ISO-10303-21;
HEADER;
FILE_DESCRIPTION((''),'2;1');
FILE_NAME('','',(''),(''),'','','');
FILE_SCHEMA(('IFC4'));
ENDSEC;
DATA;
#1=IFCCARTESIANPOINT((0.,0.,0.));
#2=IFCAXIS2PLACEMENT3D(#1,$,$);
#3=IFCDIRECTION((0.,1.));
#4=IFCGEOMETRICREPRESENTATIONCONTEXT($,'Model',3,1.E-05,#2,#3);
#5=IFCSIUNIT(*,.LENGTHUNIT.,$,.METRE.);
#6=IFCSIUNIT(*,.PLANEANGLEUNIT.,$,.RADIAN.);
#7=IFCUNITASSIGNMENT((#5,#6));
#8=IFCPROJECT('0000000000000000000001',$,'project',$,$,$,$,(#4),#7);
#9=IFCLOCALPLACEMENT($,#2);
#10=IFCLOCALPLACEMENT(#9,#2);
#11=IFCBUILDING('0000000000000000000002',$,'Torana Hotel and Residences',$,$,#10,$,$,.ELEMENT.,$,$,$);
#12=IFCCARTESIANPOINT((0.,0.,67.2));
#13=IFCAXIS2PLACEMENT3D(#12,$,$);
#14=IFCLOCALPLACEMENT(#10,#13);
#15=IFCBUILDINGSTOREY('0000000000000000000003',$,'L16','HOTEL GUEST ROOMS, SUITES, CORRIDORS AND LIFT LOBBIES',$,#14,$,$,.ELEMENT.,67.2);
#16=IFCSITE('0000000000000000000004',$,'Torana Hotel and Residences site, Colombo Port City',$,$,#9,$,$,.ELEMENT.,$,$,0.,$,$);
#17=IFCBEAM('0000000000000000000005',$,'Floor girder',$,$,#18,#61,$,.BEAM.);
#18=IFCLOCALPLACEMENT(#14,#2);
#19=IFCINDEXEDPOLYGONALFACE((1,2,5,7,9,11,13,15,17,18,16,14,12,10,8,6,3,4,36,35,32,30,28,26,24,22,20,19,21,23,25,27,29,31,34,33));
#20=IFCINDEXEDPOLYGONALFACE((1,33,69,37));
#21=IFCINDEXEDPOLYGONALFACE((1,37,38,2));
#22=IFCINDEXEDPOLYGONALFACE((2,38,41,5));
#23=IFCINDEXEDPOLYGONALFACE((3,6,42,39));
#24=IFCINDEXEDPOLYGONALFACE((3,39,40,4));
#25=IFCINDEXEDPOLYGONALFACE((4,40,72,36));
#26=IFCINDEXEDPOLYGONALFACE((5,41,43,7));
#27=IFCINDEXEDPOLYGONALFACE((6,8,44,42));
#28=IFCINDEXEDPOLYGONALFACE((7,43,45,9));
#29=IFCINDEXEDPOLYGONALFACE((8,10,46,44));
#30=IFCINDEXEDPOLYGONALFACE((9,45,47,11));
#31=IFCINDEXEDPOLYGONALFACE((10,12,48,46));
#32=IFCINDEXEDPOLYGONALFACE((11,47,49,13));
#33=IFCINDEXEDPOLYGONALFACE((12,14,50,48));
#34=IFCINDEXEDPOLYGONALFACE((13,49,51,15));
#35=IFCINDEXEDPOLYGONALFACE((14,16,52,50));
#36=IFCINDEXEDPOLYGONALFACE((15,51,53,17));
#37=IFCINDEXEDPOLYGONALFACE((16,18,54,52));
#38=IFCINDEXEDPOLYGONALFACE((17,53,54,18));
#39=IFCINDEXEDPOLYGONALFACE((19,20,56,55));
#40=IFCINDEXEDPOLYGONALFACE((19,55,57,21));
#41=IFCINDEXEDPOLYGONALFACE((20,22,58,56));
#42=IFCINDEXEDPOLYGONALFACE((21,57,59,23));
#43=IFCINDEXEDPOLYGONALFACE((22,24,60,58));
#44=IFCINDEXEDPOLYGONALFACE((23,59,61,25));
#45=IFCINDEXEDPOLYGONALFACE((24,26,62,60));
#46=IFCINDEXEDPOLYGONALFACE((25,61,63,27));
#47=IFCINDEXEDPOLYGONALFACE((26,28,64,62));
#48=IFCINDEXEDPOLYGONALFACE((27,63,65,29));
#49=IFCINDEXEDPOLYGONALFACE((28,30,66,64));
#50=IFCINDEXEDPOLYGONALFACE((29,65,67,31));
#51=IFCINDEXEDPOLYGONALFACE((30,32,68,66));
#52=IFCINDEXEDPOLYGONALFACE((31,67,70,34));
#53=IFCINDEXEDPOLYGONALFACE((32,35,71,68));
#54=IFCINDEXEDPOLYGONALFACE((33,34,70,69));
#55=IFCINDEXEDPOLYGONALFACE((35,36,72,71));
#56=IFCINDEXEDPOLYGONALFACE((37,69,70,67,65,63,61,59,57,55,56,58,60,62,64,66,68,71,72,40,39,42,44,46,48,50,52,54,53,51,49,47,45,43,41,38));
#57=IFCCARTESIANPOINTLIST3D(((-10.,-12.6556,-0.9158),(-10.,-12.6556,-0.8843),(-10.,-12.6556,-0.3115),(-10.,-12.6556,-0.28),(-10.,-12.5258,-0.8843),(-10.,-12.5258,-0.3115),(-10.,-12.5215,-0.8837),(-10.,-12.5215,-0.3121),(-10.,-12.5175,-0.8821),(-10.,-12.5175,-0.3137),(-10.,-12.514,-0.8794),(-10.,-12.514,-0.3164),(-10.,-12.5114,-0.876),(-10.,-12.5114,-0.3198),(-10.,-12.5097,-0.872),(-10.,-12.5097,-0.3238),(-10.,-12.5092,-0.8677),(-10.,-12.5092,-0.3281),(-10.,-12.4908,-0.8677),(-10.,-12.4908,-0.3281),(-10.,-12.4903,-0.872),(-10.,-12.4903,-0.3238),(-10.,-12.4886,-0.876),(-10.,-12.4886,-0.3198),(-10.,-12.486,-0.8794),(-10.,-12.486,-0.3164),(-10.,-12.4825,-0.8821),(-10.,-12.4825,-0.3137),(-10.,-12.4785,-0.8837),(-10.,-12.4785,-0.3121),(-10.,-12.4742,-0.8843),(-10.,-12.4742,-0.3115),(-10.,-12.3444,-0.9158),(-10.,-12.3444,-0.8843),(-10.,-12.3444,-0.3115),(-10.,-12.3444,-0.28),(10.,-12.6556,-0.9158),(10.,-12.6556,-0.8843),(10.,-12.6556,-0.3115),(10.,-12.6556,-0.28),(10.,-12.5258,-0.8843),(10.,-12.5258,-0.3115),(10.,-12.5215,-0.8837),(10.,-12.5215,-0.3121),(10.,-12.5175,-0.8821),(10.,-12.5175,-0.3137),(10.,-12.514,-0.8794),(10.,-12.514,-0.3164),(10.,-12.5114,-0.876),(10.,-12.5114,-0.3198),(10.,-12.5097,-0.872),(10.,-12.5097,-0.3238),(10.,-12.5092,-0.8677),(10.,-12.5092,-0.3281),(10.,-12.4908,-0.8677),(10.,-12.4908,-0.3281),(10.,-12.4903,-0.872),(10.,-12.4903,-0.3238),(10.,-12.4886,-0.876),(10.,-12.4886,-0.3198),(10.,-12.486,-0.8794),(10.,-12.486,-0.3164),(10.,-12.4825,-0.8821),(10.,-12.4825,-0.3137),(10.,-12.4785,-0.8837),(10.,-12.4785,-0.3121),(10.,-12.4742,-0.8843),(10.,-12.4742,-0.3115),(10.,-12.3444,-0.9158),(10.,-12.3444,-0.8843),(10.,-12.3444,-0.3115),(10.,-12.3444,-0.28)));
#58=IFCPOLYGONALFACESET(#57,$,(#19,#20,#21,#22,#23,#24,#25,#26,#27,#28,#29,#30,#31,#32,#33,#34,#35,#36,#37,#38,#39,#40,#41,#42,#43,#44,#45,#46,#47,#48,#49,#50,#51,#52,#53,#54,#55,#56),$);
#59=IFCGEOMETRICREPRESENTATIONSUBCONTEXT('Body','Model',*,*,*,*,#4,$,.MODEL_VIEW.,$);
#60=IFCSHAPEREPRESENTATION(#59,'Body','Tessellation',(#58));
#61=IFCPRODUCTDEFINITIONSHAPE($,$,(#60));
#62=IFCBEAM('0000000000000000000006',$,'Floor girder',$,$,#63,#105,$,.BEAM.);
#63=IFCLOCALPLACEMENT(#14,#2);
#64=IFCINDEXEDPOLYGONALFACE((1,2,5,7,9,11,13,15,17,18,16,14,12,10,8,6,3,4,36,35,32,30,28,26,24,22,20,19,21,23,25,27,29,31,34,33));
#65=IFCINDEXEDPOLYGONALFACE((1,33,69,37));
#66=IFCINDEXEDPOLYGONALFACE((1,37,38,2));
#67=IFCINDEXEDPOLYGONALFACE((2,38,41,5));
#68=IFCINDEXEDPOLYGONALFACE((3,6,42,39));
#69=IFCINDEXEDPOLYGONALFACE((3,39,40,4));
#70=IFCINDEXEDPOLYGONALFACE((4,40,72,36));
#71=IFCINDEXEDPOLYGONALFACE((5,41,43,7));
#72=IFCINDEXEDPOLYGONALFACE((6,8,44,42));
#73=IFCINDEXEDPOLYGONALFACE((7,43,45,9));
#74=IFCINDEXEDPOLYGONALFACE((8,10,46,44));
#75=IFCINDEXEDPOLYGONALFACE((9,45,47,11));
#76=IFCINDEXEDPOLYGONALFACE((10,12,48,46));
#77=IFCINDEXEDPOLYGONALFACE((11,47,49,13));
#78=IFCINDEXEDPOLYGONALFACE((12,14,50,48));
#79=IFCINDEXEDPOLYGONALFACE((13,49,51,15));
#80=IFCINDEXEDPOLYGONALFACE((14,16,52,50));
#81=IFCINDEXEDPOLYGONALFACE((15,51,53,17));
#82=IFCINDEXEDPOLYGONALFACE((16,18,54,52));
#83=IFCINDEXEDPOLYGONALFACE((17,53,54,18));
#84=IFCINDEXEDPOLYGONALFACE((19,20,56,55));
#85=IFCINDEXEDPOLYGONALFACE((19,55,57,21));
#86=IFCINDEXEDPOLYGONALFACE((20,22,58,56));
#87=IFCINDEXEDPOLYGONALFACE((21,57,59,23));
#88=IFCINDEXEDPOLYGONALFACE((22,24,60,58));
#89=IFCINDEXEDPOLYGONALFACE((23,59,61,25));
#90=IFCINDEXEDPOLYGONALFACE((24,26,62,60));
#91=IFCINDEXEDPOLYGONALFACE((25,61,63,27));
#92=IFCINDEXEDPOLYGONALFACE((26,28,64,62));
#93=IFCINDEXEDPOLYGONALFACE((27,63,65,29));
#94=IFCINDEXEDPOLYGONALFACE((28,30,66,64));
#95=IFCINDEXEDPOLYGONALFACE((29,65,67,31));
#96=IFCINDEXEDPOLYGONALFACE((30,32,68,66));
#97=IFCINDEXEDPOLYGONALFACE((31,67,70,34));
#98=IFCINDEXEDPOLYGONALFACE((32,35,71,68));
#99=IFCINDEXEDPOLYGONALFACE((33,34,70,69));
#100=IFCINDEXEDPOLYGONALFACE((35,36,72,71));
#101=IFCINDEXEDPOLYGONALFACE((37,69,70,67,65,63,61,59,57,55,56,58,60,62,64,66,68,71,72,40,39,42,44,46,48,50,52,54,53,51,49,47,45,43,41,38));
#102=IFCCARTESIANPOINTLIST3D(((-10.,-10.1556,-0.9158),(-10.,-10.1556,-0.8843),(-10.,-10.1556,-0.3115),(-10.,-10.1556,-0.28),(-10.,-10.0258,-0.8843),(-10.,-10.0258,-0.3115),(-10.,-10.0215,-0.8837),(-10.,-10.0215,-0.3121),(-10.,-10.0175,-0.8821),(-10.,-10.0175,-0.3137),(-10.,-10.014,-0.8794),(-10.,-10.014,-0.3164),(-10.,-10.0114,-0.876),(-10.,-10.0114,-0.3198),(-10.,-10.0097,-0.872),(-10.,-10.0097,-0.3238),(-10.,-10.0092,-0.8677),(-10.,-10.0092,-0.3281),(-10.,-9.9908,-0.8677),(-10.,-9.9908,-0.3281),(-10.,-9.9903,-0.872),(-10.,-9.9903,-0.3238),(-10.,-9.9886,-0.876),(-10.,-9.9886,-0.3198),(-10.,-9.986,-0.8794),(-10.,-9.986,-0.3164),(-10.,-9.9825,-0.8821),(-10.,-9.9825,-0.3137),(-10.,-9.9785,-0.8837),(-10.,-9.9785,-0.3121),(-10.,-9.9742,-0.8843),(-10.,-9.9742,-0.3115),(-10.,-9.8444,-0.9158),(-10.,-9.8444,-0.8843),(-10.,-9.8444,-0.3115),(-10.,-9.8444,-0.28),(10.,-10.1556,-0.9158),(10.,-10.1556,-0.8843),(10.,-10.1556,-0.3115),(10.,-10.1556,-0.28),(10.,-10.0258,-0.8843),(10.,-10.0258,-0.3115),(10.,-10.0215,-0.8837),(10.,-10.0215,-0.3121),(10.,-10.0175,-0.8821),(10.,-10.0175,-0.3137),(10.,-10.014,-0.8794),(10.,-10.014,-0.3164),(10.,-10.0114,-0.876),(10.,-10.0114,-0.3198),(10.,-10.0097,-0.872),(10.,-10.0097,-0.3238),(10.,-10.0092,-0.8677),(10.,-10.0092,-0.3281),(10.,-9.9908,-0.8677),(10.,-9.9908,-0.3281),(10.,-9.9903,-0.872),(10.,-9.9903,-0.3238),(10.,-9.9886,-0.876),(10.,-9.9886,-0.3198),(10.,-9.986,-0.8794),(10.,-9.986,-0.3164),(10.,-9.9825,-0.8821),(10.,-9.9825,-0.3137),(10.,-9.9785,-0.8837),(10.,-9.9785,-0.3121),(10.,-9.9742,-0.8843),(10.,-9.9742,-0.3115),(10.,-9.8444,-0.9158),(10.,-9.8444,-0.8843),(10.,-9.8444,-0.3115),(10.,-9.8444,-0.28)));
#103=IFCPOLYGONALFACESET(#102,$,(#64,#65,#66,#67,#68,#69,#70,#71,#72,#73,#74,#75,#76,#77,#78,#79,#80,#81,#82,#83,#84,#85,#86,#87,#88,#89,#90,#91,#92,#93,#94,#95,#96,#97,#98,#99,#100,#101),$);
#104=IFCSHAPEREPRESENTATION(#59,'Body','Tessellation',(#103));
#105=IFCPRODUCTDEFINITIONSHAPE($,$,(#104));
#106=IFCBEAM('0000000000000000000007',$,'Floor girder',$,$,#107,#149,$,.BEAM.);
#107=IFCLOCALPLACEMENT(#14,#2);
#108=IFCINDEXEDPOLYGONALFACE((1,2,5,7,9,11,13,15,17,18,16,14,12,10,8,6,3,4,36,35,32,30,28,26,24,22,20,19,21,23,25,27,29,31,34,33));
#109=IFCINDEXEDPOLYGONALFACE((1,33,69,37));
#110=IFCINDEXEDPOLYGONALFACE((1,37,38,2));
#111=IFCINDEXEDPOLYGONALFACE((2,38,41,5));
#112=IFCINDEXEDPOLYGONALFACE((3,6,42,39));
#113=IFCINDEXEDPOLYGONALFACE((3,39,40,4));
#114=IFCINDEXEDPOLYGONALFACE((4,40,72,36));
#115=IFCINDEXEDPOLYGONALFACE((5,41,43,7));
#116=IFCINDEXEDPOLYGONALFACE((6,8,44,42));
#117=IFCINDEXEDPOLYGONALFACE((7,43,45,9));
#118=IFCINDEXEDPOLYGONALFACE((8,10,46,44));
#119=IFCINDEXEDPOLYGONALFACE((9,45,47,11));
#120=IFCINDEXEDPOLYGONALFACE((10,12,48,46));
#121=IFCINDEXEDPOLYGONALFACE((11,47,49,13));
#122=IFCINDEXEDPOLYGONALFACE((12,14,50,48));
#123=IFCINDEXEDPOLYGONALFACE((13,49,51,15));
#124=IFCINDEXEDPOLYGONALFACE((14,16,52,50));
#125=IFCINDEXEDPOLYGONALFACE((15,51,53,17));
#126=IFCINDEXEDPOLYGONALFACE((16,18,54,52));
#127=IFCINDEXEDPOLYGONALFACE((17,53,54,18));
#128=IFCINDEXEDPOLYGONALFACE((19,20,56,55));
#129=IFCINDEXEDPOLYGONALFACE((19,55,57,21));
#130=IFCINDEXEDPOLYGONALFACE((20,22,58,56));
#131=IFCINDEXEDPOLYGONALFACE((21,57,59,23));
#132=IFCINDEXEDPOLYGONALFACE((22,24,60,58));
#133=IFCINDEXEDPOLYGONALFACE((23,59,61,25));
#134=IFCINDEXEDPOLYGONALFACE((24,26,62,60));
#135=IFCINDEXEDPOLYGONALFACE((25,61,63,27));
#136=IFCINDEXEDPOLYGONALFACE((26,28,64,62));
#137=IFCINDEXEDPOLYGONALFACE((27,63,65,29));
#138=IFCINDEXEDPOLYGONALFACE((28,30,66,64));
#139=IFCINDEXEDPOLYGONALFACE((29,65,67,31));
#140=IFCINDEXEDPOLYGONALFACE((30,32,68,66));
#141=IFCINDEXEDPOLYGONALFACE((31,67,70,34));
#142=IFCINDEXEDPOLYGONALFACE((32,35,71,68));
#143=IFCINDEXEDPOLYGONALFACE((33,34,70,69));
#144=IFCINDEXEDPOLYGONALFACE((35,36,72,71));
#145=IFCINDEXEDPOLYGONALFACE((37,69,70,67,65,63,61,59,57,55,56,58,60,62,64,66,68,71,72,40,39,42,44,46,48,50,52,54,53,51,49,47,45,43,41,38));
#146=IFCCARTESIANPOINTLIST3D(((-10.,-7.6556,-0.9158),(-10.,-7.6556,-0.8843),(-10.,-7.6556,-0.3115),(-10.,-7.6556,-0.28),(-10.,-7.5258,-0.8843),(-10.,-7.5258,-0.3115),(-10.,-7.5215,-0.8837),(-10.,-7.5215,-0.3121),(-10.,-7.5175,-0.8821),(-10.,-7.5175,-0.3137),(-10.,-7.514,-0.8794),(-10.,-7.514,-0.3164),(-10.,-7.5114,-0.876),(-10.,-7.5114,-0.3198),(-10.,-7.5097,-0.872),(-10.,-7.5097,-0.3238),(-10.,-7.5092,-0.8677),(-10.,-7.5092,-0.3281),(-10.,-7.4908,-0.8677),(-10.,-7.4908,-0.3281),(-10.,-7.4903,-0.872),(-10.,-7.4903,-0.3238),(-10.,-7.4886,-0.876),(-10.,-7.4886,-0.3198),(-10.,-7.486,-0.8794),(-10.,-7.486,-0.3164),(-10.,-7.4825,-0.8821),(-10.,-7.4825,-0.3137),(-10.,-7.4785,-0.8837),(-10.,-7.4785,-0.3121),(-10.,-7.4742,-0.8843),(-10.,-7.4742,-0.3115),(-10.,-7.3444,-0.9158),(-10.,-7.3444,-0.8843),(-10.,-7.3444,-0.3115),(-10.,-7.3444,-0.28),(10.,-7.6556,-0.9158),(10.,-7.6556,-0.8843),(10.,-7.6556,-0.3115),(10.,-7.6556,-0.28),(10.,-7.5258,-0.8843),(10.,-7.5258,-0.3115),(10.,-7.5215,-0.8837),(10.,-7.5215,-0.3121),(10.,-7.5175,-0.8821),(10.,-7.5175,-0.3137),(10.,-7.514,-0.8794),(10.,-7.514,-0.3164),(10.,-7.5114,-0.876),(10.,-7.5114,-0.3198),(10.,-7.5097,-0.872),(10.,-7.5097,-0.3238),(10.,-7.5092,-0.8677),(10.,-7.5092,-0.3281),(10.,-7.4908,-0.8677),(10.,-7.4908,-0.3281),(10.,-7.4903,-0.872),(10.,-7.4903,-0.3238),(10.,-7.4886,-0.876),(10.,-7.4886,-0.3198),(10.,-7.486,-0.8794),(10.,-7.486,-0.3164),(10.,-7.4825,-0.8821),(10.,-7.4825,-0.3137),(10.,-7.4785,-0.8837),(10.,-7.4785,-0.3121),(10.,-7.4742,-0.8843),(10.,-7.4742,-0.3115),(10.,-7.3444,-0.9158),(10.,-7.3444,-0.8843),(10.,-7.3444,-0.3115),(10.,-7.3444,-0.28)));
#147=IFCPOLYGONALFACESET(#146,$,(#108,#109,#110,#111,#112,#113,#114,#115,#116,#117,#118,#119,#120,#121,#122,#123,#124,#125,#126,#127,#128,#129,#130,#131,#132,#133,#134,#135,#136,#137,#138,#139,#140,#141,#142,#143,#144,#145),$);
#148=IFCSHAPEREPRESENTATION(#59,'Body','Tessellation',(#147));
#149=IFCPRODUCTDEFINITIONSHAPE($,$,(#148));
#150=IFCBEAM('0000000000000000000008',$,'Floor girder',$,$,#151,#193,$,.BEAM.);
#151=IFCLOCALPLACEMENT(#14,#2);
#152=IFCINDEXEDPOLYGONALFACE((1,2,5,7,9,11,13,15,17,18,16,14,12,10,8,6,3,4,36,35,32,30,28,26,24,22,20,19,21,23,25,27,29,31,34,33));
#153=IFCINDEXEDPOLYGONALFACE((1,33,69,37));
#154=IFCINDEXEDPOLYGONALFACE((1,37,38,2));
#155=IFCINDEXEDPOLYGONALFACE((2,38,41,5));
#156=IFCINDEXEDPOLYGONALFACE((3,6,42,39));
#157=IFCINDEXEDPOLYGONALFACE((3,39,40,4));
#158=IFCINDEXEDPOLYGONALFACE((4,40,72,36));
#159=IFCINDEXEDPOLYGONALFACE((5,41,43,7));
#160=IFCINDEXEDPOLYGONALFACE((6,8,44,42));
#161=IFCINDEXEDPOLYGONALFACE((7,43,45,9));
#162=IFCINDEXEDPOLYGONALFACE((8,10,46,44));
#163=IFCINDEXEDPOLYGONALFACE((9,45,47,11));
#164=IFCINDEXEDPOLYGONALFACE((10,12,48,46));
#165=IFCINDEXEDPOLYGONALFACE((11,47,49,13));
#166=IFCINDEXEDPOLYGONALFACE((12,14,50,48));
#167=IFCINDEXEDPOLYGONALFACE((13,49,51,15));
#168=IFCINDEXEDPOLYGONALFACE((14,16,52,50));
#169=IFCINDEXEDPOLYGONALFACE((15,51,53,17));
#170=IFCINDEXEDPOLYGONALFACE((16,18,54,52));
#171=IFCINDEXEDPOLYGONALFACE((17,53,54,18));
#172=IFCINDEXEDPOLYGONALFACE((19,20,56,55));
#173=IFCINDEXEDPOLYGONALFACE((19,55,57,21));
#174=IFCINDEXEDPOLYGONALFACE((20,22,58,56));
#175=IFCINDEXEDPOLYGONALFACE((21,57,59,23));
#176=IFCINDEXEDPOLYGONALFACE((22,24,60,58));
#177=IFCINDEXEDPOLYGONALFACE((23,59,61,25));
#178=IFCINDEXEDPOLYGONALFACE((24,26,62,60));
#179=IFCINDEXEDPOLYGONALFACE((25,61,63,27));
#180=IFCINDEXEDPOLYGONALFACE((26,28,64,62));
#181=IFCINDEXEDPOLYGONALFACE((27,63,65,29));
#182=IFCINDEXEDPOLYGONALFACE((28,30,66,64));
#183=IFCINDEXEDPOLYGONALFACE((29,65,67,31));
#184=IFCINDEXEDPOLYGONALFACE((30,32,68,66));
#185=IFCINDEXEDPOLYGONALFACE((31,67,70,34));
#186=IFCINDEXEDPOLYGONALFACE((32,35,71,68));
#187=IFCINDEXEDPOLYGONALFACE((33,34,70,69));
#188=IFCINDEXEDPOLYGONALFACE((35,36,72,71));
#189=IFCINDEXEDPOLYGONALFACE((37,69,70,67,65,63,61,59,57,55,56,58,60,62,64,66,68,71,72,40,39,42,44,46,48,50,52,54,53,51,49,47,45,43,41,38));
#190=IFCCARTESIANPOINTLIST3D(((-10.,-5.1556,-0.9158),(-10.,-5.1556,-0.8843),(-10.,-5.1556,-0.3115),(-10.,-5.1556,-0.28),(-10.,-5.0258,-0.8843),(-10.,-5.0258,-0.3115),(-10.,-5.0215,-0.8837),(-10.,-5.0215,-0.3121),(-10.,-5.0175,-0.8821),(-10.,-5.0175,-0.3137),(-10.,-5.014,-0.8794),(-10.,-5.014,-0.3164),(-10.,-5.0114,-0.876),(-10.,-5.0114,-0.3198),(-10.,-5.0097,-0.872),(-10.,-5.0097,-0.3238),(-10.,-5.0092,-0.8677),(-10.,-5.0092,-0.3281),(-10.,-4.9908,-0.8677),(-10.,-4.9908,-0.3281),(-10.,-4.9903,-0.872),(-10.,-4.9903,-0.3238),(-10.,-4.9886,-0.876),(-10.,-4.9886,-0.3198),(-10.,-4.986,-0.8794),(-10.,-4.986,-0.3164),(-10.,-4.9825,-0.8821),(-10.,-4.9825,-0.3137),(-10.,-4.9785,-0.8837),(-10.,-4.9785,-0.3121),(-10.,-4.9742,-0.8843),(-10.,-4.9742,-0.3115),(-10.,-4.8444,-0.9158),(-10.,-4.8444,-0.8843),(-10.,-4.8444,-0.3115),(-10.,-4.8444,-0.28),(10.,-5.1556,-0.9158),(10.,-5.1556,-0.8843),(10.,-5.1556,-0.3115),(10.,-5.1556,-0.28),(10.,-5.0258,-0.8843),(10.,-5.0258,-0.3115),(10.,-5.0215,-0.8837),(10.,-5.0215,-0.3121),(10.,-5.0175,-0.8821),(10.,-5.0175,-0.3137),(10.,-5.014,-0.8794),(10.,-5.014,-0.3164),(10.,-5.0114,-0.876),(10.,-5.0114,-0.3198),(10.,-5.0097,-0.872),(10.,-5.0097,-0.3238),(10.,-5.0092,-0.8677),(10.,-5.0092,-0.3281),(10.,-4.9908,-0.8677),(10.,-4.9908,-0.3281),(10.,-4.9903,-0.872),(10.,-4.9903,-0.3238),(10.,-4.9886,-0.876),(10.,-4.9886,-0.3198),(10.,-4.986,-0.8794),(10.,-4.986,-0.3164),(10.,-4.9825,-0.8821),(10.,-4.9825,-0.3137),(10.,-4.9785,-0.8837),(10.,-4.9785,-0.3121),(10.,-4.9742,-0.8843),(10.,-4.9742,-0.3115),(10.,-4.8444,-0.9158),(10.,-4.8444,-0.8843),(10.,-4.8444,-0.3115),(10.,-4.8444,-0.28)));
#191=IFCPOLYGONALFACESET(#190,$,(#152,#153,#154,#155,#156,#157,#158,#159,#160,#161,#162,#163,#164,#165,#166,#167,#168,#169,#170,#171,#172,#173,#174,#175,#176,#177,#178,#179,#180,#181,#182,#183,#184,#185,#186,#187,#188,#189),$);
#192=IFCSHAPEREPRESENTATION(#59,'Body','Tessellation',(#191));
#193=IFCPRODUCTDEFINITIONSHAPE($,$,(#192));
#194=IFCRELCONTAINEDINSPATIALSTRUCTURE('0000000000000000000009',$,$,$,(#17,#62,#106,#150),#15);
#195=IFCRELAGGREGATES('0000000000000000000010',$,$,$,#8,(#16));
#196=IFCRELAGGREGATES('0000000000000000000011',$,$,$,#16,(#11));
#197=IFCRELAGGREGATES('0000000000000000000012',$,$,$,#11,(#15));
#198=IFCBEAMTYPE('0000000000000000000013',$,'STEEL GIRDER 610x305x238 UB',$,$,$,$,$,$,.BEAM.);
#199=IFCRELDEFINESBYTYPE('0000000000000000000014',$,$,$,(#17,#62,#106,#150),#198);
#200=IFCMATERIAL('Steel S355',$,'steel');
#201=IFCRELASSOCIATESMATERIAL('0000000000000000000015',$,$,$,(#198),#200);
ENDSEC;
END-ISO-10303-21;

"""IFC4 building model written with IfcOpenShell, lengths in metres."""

from ifc_helpers import new_model, si_unit, direction, frame, origin, origin_2d, place, context, subcontext, project, spatial, i_section, extrude, material, material_profile, profile_set, type_object, element, save


model = new_model("IFC4")

# Units and contexts
model_context = context("Model", 3, precision=1e-05, world=origin(), true_north=direction((0.0, 1.0)))
body_context = subcontext(model_context, "Body", "Model", "MODEL_VIEW")
ifc_project = project(units=[si_unit("LENGTHUNIT", "METRE"), si_unit("PLANEANGLEUNIT", "RADIAN")], contexts=[model_context])

# Site, building, storey
site_placement = place(None, origin())
site = spatial("IfcSite", under=ifc_project, at=site_placement, Name="Torana Hotel and Residences site, Colombo Port City", CompositionType="ELEMENT", RefElevation=0.0)
building_placement = place(site_placement, origin())
building = spatial("IfcBuilding", under=site, at=building_placement, Name="Torana Hotel and Residences", CompositionType="ELEMENT")
storey_placement = place(building_placement, frame((0.0, 0.0, 67.2)))
storey = spatial("IfcBuildingStorey", under=building, at=storey_placement, Name="L16", Description="HOTEL GUEST ROOMS, SUITES, CORRIDORS AND LIFT LOBBIES", CompositionType="ELEMENT", Elevation=67.2)

# Beams
ifc_material_1 = material(Name="Steel S355", Category="steel")
ifc_material_profile = material_profile(ifc_material_1, i_section(OverallWidth=0.3113, OverallDepth=0.6357, WebThickness=0.0183, FlangeThickness=0.0315, FilletRadius=0.0166, at=origin_2d()), Name="610x305x238 UB")
ifc_profile_set = profile_set([ifc_material_profile], Name="Steel S355")
beam_type = type_object("IfcBeamType", Name="STEEL GIRDER 610x305x238 UB", PredefinedType="BEAM", material=ifc_profile_set)
for number, where, z_axis, x_axis, name in (
    (1, (-10.0, -12.5, -0.5979), (1.0, 0.0, 0.0), (0.0, 1.0, 0.0), "Floor girder"),
    (2, (-10.0, -10.0, -0.5979), (1.0, 0.0, 0.0), (0.0, 1.0, 0.0), "Floor girder"),
    (3, (-10.0, -7.5, -0.5979), (1.0, 0.0, 0.0), (0.0, 1.0, 0.0), "Floor girder"),
    (4, (-10.0, -5.0, -0.5979), (1.0, 0.0, 0.0), (0.0, 1.0, 0.0), "Floor girder"),
):
    element("IfcBeam", number, at=place(storey_placement, frame(where, z_axis=z_axis, x_axis=x_axis)), inside=storey, type_object=beam_type, Name=name, PredefinedType="BEAM", context=body_context, shape_type="SweptSolid", body=[
        extrude(i_section(OverallWidth=0.3113, OverallDepth=0.6357, WebThickness=0.0183, FlangeThickness=0.0315, FilletRadius=0.0166, at=origin_2d()), origin(), (0.0, 0.0, 1.0), 20.0),
    ])

save(model, "model.ifc")
